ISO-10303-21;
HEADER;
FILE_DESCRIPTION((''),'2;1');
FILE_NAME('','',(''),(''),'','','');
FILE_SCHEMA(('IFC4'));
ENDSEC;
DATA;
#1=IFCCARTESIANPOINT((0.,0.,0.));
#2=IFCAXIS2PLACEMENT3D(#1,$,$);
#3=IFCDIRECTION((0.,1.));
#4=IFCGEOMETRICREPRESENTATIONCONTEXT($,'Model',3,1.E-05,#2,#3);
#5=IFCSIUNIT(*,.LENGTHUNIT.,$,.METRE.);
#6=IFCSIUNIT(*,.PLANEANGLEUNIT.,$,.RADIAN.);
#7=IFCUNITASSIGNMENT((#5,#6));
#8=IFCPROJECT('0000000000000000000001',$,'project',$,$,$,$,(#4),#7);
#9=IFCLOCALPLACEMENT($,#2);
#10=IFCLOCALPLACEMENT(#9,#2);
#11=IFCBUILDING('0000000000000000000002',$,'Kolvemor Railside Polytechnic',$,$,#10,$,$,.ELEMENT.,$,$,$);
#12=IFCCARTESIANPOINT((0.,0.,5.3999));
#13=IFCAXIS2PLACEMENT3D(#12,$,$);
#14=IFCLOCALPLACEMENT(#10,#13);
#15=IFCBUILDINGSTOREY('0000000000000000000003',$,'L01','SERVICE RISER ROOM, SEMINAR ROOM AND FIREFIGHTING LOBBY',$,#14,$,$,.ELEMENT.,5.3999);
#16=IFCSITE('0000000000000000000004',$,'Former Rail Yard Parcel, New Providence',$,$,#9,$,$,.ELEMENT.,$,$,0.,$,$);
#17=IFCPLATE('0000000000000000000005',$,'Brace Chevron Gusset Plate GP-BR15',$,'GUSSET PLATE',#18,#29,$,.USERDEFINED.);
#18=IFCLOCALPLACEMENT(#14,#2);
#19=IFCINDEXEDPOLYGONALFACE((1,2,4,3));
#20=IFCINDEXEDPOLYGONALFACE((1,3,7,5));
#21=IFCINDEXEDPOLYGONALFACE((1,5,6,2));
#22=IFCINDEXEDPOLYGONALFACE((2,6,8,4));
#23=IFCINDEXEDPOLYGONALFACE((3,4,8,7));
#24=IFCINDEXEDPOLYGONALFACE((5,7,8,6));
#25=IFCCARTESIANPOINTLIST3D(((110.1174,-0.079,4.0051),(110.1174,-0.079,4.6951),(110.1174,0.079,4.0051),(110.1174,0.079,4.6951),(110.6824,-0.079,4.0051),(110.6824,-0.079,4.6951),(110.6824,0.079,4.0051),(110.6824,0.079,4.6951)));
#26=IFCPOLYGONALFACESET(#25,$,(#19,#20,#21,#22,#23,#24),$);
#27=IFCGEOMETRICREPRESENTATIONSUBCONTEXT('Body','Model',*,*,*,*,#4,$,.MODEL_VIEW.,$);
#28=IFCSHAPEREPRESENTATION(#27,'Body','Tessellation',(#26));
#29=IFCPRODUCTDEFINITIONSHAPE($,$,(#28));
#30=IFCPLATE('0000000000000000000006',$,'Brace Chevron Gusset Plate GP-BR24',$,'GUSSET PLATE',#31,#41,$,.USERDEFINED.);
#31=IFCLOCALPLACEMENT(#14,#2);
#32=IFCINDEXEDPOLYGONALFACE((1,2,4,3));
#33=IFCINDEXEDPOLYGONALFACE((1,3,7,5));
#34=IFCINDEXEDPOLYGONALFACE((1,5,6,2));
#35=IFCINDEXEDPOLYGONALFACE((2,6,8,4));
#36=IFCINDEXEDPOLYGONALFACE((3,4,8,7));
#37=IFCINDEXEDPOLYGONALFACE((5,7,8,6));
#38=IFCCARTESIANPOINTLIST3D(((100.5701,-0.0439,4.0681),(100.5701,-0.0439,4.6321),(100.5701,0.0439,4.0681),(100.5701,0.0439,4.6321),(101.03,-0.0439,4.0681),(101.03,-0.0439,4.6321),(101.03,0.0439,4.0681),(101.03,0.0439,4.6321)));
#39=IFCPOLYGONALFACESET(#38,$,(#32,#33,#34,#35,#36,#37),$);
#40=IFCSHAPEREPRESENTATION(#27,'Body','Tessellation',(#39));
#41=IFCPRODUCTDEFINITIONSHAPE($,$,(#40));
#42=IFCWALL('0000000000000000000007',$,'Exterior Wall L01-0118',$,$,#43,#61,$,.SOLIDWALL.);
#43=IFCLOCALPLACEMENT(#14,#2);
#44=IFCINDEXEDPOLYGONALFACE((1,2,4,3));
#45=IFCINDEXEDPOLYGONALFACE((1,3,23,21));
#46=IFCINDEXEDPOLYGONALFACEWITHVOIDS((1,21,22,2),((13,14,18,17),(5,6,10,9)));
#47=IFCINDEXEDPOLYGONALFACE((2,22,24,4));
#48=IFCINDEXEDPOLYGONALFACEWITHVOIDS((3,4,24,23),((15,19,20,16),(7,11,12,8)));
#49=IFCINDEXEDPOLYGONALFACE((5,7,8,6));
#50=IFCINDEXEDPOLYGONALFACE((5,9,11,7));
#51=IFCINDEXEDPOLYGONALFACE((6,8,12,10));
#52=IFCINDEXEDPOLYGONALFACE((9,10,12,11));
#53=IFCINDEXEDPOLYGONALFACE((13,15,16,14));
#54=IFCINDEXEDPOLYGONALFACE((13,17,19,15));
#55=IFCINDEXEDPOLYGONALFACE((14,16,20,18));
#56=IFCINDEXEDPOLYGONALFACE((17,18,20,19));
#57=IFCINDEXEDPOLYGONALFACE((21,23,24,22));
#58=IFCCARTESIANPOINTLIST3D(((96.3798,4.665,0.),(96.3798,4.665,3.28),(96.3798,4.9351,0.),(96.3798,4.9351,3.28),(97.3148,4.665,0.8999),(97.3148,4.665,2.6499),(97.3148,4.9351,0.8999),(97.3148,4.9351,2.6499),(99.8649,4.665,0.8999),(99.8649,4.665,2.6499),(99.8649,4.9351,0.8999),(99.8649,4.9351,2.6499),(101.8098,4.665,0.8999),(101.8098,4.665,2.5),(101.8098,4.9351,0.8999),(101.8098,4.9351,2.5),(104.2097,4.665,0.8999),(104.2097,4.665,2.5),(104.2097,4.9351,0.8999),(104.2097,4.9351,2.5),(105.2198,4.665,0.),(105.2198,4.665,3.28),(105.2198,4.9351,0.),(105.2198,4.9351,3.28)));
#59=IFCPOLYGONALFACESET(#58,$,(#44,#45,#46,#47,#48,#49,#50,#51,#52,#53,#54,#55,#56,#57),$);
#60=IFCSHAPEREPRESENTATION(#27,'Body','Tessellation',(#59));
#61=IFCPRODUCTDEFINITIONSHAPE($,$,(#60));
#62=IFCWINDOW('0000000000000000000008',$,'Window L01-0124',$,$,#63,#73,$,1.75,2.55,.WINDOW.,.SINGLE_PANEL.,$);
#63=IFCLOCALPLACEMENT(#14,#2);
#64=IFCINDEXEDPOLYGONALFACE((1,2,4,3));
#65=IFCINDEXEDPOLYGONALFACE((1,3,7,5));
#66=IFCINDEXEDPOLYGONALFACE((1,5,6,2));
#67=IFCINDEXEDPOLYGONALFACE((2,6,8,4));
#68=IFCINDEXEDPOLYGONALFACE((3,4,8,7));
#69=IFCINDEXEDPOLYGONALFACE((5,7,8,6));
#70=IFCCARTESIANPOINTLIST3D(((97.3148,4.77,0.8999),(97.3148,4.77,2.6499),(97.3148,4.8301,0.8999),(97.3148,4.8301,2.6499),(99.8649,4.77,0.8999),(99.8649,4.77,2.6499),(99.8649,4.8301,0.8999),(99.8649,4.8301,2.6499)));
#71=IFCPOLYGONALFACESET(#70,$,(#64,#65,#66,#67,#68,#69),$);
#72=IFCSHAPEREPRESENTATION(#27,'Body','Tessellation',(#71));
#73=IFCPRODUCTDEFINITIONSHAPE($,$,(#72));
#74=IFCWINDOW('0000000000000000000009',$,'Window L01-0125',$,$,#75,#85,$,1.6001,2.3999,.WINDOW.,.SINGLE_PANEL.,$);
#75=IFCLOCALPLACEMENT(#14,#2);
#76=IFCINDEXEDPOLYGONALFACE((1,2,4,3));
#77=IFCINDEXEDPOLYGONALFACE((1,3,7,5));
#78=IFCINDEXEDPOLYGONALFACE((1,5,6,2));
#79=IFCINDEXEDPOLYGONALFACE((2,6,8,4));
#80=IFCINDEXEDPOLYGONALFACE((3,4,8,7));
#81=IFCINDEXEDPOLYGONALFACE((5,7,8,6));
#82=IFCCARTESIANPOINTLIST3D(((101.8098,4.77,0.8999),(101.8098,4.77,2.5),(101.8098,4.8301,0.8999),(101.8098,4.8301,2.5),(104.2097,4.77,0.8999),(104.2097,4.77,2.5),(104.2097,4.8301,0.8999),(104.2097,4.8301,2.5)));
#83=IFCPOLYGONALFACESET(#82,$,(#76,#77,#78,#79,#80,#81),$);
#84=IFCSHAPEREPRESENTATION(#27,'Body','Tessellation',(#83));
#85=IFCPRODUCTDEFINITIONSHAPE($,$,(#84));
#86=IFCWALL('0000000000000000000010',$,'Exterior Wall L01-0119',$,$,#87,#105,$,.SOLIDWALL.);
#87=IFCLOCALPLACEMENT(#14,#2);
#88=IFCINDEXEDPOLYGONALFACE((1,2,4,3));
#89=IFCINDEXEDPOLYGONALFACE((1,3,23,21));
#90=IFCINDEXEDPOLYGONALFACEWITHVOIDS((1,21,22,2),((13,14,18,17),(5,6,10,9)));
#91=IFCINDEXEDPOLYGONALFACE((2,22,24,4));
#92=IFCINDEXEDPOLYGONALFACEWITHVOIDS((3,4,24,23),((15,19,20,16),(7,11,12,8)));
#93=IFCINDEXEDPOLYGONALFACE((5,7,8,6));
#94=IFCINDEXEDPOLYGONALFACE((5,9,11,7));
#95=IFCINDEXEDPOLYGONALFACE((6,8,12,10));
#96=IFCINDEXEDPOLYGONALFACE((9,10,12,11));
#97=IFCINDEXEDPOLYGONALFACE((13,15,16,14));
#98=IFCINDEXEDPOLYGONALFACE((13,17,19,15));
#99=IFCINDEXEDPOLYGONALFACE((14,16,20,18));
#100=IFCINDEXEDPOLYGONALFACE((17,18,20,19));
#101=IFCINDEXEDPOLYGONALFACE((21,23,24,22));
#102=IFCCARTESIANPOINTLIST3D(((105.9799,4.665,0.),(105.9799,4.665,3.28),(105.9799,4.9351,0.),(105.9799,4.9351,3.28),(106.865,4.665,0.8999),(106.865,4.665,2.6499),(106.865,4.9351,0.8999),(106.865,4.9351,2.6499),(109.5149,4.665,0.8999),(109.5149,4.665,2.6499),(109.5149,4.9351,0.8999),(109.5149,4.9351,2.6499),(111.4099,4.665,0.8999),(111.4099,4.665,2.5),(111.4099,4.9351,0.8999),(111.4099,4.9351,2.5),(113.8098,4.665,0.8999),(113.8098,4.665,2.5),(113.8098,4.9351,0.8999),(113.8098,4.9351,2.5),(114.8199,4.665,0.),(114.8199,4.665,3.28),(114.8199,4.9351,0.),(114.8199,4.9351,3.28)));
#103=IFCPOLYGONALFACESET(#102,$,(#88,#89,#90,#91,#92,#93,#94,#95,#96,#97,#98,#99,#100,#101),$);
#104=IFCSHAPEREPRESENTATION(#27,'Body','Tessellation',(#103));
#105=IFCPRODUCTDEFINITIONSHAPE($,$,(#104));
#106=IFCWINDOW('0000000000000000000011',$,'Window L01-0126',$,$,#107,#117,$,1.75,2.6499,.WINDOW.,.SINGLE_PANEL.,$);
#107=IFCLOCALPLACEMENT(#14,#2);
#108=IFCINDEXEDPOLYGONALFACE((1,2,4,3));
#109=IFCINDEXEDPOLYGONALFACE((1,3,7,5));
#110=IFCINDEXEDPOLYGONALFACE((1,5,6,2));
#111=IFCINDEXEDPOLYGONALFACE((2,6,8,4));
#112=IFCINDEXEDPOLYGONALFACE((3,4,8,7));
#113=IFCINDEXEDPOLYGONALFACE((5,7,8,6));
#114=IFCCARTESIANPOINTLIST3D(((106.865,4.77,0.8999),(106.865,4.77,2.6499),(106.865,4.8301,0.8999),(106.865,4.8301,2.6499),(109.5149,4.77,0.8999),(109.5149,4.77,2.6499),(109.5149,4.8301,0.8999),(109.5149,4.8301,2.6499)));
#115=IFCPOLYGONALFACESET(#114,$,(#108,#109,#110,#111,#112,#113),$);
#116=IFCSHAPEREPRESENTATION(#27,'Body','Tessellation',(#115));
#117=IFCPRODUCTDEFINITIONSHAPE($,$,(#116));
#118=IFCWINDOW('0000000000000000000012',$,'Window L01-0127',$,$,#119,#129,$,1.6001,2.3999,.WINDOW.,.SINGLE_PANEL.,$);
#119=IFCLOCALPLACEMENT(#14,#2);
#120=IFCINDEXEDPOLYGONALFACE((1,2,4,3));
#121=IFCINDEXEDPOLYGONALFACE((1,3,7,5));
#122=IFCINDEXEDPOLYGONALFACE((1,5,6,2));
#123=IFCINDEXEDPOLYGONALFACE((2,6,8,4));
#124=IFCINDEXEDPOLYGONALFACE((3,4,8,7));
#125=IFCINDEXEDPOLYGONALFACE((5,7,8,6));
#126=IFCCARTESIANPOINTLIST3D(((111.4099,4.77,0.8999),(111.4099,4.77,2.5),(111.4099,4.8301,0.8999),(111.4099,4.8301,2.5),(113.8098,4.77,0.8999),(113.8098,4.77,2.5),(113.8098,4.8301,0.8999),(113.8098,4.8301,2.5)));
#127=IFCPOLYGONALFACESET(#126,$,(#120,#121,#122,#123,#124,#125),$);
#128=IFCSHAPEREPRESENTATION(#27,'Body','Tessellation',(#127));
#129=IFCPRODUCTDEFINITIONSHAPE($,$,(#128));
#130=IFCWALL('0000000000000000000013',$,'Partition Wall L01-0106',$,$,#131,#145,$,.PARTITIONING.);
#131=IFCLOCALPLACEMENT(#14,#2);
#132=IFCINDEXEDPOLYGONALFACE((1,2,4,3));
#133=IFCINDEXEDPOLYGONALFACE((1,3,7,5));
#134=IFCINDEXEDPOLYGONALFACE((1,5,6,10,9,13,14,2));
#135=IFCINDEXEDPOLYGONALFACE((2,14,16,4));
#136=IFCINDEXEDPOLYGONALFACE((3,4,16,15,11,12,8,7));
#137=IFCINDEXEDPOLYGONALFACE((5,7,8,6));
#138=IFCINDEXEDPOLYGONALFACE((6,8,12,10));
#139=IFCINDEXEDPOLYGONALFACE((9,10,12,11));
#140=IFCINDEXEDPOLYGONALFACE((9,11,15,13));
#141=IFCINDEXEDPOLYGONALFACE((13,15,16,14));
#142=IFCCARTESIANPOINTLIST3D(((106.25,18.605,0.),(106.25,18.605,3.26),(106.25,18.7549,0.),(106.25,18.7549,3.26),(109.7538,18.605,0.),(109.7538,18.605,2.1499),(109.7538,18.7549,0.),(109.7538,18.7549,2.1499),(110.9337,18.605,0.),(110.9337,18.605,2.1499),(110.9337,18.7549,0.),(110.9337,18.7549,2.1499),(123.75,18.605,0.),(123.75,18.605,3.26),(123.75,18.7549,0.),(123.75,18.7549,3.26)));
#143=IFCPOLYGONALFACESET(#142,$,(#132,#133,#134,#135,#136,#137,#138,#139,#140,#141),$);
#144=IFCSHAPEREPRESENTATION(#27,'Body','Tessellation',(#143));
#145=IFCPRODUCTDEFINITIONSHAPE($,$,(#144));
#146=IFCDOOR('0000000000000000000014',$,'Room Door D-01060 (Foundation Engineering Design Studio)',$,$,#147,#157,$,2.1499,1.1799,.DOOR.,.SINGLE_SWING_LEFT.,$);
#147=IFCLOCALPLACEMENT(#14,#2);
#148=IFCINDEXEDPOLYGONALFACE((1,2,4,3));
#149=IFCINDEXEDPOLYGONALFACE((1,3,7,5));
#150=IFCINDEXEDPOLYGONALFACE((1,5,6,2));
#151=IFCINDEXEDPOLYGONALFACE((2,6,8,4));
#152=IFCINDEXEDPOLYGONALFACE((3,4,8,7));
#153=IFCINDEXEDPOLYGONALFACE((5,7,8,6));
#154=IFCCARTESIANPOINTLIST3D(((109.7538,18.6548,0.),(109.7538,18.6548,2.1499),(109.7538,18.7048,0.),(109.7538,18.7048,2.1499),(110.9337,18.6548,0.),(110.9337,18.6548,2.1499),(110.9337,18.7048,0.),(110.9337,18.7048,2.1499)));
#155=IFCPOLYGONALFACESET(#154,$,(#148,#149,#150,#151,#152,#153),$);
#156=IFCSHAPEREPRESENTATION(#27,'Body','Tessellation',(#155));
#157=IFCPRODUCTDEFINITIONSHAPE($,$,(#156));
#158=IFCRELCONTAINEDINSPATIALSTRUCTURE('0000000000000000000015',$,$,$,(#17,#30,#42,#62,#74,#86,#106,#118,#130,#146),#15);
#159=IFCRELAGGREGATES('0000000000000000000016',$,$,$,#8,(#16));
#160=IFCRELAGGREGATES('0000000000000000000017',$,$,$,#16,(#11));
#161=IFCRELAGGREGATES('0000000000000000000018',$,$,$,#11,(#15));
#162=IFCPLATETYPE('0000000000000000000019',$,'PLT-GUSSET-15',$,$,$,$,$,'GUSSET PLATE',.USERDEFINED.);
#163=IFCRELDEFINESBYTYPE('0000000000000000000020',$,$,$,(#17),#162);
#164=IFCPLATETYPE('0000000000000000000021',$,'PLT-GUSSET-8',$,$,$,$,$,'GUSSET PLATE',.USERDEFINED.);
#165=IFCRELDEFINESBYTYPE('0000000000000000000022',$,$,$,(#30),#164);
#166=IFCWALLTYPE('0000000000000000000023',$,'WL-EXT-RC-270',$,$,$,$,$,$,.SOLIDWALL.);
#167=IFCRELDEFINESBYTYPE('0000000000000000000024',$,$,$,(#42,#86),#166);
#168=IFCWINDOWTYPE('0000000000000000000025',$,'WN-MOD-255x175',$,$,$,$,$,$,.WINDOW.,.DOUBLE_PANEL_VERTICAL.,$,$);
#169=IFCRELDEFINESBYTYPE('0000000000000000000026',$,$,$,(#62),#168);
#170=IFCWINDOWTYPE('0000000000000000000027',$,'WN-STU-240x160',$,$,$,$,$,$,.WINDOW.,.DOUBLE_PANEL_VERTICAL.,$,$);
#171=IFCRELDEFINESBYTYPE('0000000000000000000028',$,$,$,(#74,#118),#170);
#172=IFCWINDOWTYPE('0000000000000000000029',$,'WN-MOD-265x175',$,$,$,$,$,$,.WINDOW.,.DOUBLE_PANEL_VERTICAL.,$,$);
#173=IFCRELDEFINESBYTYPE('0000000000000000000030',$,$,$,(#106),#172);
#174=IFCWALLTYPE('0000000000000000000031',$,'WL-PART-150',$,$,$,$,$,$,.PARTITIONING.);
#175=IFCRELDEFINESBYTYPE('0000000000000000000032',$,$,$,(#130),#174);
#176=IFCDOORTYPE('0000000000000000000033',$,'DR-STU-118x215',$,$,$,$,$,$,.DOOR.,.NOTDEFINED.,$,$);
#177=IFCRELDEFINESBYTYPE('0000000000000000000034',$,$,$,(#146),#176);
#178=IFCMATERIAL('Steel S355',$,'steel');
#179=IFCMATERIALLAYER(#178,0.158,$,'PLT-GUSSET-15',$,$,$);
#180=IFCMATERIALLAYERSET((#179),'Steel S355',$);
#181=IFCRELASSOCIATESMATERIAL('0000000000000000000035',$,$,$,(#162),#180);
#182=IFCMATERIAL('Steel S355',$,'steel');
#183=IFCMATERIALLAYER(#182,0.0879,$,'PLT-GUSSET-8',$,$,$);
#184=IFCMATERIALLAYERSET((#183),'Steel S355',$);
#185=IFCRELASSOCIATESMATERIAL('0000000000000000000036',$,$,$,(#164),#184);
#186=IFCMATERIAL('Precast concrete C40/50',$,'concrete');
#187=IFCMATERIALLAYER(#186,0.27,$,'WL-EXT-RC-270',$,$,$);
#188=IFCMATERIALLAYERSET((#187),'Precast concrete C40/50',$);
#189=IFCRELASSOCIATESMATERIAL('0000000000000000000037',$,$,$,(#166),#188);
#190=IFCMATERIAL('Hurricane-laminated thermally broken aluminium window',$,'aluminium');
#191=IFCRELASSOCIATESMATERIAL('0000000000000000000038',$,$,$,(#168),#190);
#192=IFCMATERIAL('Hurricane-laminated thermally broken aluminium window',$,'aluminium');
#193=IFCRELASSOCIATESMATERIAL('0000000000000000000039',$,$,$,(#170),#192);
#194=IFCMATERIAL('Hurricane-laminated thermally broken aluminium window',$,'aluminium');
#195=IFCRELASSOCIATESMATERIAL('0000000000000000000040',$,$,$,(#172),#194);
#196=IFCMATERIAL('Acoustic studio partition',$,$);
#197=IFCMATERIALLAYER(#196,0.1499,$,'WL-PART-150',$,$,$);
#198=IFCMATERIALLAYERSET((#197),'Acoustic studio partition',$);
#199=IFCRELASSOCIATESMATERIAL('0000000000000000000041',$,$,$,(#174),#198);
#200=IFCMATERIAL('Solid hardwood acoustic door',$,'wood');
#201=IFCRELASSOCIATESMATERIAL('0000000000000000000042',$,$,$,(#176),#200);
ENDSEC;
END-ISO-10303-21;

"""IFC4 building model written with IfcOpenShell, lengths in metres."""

from ifc_helpers import new_model, si_unit, direction, frame, frame_2d, origin, origin_2d, place, context, subcontext, project, spatial, rectangle, extrude, material, layer, layer_set, type_object, element, fill, save


model = new_model("IFC4")

# Units and contexts
model_context = context("Model", 3, precision=1e-05, world=origin(), true_north=direction((0.0, 1.0)))
body_context = subcontext(model_context, "Body", "Model", "MODEL_VIEW")
ifc_project = project(units=[si_unit("LENGTHUNIT", "METRE"), si_unit("PLANEANGLEUNIT", "RADIAN")], contexts=[model_context])

# Site, building, storey
site_placement = place(None, origin())
site = spatial("IfcSite", under=ifc_project, at=site_placement, Name="Former Rail Yard Parcel, New Providence", CompositionType="ELEMENT", RefElevation=0.0)
building_placement = place(site_placement, origin())
building = spatial("IfcBuilding", under=site, at=building_placement, Name="Kolvemor Railside Polytechnic", CompositionType="ELEMENT")
storey_placement = place(building_placement, frame((0.0, 0.0, 5.3999)))
storey = spatial("IfcBuildingStorey", under=building, at=storey_placement, Name="L01", Description="SERVICE RISER ROOM, SEMINAR ROOM AND FIREFIGHTING LOBBY", CompositionType="ELEMENT", Elevation=5.3999)

# Plates
ifc_material_1 = material(Name="Steel S355", Category="steel")
ifc_layer_1 = layer(ifc_material_1, 0.158, Name="PLT-GUSSET-15")
ifc_layer_set_1 = layer_set([ifc_layer_1], Name="Steel S355")
plate_type_1 = type_object("IfcPlateType", Name="PLT-GUSSET-15", ElementType="GUSSET PLATE", PredefinedType="USERDEFINED", material=ifc_layer_set_1)
plate_1_placement = place(storey_placement, frame((110.3999, 0.0, 4.0051), z_axis=(0.0, 0.0, 1.0), x_axis=(1.0, 0.0, 0.0)))
element("IfcPlate", 1, at=plate_1_placement, inside=storey, type_object=plate_type_1, Name="Brace Chevron Gusset Plate GP-BR15", ObjectType="GUSSET PLATE", PredefinedType="USERDEFINED", context=body_context, shape_type="SweptSolid", body=[
    extrude(rectangle(XDim=0.5649, YDim=0.158, at=origin_2d()), origin(), (0.0, 0.0, 1.0), 0.6899),
])
ifc_material_2 = material(Name="Steel S355", Category="steel")
ifc_layer_2 = layer(ifc_material_2, 0.0879, Name="PLT-GUSSET-8")
ifc_layer_set_2 = layer_set([ifc_layer_2], Name="Steel S355")
plate_type_2 = type_object("IfcPlateType", Name="PLT-GUSSET-8", ElementType="GUSSET PLATE", PredefinedType="USERDEFINED", material=ifc_layer_set_2)
plate_2_placement = place(storey_placement, frame((100.8, 0.0, 4.0681), z_axis=(0.0, 0.0, 1.0), x_axis=(1.0, 0.0, 0.0)))
element("IfcPlate", 2, at=plate_2_placement, inside=storey, type_object=plate_type_2, Name="Brace Chevron Gusset Plate GP-BR24", ObjectType="GUSSET PLATE", PredefinedType="USERDEFINED", context=body_context, shape_type="SweptSolid", body=[
    extrude(rectangle(XDim=0.46, YDim=0.0879, at=origin_2d()), origin(), (0.0, 0.0, 1.0), 0.564),
])

# Walls, openings, windows
ifc_material_3 = material(Name="Precast concrete C40/50", Category="concrete")
ifc_layer_3 = layer(ifc_material_3, 0.27, Name="WL-EXT-RC-270")
ifc_layer_set_3 = layer_set([ifc_layer_3], Name="Precast concrete C40/50")
wall_type_1 = type_object("IfcWallType", Name="WL-EXT-RC-270", PredefinedType="SOLIDWALL", material=ifc_layer_set_3)
wall_1_placement = place(storey_placement, frame((96.3799, 4.8, 0.0), z_axis=(0.0, 0.0, 1.0), x_axis=(1.0, 0.0, 0.0)))
wall_1 = element("IfcWall", 3, at=wall_1_placement, inside=storey, type_object=wall_type_1, Name="Exterior Wall L01-0118", PredefinedType="SOLIDWALL", context=body_context, shape_type="SweptSolid", body=[
    extrude(rectangle(XDim=8.8401, YDim=0.27, at=frame_2d((4.4199, 0.0))), origin(), (0.0, 0.0, 1.0), 3.28),
])
opening_1_placement = place(wall_1_placement, frame((0.9351, 0.0, 0.8999)))
opening_1 = element("IfcOpeningElement", 4, at=opening_1_placement, cuts=wall_1, PredefinedType="OPENING", context=body_context, shape_type="SweptSolid", body=[
    extrude(rectangle(XDim=2.55, YDim=1.75, at=frame_2d((1.2749, 0.875))), frame((0.0, 0.145, 0.0), z_axis=(0.0, -1.0, 0.0), x_axis=(1.0, 0.0, 0.0)), (0.0, 0.0, 1.0), 0.29),
])
opening_2_placement = place(wall_1_placement, frame((5.4299, 0.0, 0.8999)))
opening_2 = element("IfcOpeningElement", 5, at=opening_2_placement, cuts=wall_1, PredefinedType="OPENING", context=body_context, shape_type="SweptSolid", body=[
    extrude(rectangle(XDim=2.3999, YDim=1.6001, at=frame_2d((1.2, 0.8))), frame((0.0, 0.145, 0.0), z_axis=(0.0, -1.0, 0.0), x_axis=(1.0, 0.0, 0.0)), (0.0, 0.0, 1.0), 0.29),
])
ifc_material_4 = material(Name="Hurricane-laminated thermally broken aluminium window", Category="aluminium")
window_type_1 = type_object("IfcWindowType", Name="WN-MOD-255x175", PartitioningType="DOUBLE_PANEL_VERTICAL", PredefinedType="WINDOW", material=ifc_material_4)
window_1_placement = place(opening_1_placement, origin())
window_1 = element("IfcWindow", 6, at=window_1_placement, inside=storey, type_object=window_type_1, Name="Window L01-0124", OverallHeight=1.75, OverallWidth=2.55, PartitioningType="SINGLE_PANEL", PredefinedType="WINDOW", context=body_context, shape_type="SweptSolid", body=[
    extrude(rectangle(XDim=2.55, YDim=1.75, at=frame_2d((1.2749, 0.875))), frame((0.0, 0.03, 0.0), z_axis=(0.0, -1.0, 0.0), x_axis=(1.0, 0.0, 0.0)), (0.0, 0.0, 1.0), 0.0601),
])
fill(opening_1, window_1)
ifc_material_5 = material(Name="Hurricane-laminated thermally broken aluminium window", Category="aluminium")
window_type_2 = type_object("IfcWindowType", Name="WN-STU-240x160", PartitioningType="DOUBLE_PANEL_VERTICAL", PredefinedType="WINDOW", material=ifc_material_5)
window_2_placement = place(opening_2_placement, origin())
window_2 = element("IfcWindow", 7, at=window_2_placement, inside=storey, type_object=window_type_2, Name="Window L01-0125", OverallHeight=1.6001, OverallWidth=2.3999, PartitioningType="SINGLE_PANEL", PredefinedType="WINDOW", context=body_context, shape_type="SweptSolid", body=[
    extrude(rectangle(XDim=2.3999, YDim=1.6001, at=frame_2d((1.2, 0.8))), frame((0.0, 0.03, 0.0), z_axis=(0.0, -1.0, 0.0), x_axis=(1.0, 0.0, 0.0)), (0.0, 0.0, 1.0), 0.0601),
])
fill(opening_2, window_2)
wall_2_placement = place(storey_placement, frame((105.98, 4.8, 0.0), z_axis=(0.0, 0.0, 1.0), x_axis=(1.0, 0.0, 0.0)))
wall_2 = element("IfcWall", 8, at=wall_2_placement, inside=storey, type_object=wall_type_1, Name="Exterior Wall L01-0119", PredefinedType="SOLIDWALL", context=body_context, shape_type="SweptSolid", body=[
    extrude(rectangle(XDim=8.8401, YDim=0.27, at=frame_2d((4.4199, 0.0))), origin(), (0.0, 0.0, 1.0), 3.28),
])
opening_3_placement = place(wall_2_placement, frame((0.885, 0.0, 0.8999)))
opening_3 = element("IfcOpeningElement", 9, at=opening_3_placement, cuts=wall_2, PredefinedType="OPENING", context=body_context, shape_type="SweptSolid", body=[
    extrude(rectangle(XDim=2.6499, YDim=1.75, at=frame_2d((1.325, 0.875))), frame((0.0, 0.145, 0.0), z_axis=(0.0, -1.0, 0.0), x_axis=(1.0, 0.0, 0.0)), (0.0, 0.0, 1.0), 0.29),
])
opening_4_placement = place(wall_2_placement, frame((5.4299, 0.0, 0.8999)))
opening_4 = element("IfcOpeningElement", 10, at=opening_4_placement, cuts=wall_2, PredefinedType="OPENING", context=body_context, shape_type="SweptSolid", body=[
    extrude(rectangle(XDim=2.3999, YDim=1.6001, at=frame_2d((1.2, 0.8))), frame((0.0, 0.145, 0.0), z_axis=(0.0, -1.0, 0.0), x_axis=(1.0, 0.0, 0.0)), (0.0, 0.0, 1.0), 0.29),
])
ifc_material_6 = material(Name="Hurricane-laminated thermally broken aluminium window", Category="aluminium")
window_type_3 = type_object("IfcWindowType", Name="WN-MOD-265x175", PartitioningType="DOUBLE_PANEL_VERTICAL", PredefinedType="WINDOW", material=ifc_material_6)
window_3_placement = place(opening_3_placement, origin())
window_3 = element("IfcWindow", 11, at=window_3_placement, inside=storey, type_object=window_type_3, Name="Window L01-0126", OverallHeight=1.75, OverallWidth=2.6499, PartitioningType="SINGLE_PANEL", PredefinedType="WINDOW", context=body_context, shape_type="SweptSolid", body=[
    extrude(rectangle(XDim=2.6499, YDim=1.75, at=frame_2d((1.325, 0.875))), frame((0.0, 0.03, 0.0), z_axis=(0.0, -1.0, 0.0), x_axis=(1.0, 0.0, 0.0)), (0.0, 0.0, 1.0), 0.0601),
])
fill(opening_3, window_3)
window_4_placement = place(opening_4_placement, origin())
window_4 = element("IfcWindow", 12, at=window_4_placement, inside=storey, type_object=window_type_2, Name="Window L01-0127", OverallHeight=1.6001, OverallWidth=2.3999, PartitioningType="SINGLE_PANEL", PredefinedType="WINDOW", context=body_context, shape_type="SweptSolid", body=[
    extrude(rectangle(XDim=2.3999, YDim=1.6001, at=frame_2d((1.2, 0.8))), frame((0.0, 0.03, 0.0), z_axis=(0.0, -1.0, 0.0), x_axis=(1.0, 0.0, 0.0)), (0.0, 0.0, 1.0), 0.0601),
])
fill(opening_4, window_4)

# Wall, opening, door
ifc_material_7 = material(Name="Acoustic studio partition")
ifc_layer_4 = layer(ifc_material_7, 0.1499, Name="WL-PART-150")
ifc_layer_set_4 = layer_set([ifc_layer_4], Name="Acoustic studio partition")
wall_type_2 = type_object("IfcWallType", Name="WL-PART-150", PredefinedType="PARTITIONING", material=ifc_layer_set_4)
wall_3_placement = place(storey_placement, frame((106.25, 18.6799, 0.0), z_axis=(0.0, 0.0, 1.0), x_axis=(1.0, 0.0, 0.0)))
wall_3 = element("IfcWall", 13, at=wall_3_placement, inside=storey, type_object=wall_type_2, Name="Partition Wall L01-0106", PredefinedType="PARTITIONING", context=body_context, shape_type="SweptSolid", body=[
    extrude(rectangle(XDim=17.5, YDim=0.1499, at=frame_2d((8.75, 0.0))), origin(), (0.0, 0.0, 1.0), 3.26),
])
opening_5_placement = place(wall_3_placement, frame((3.5039, 0.0, 0.0)))
opening_5 = element("IfcOpeningElement", 14, at=opening_5_placement, cuts=wall_3, PredefinedType="OPENING", context=body_context, shape_type="SweptSolid", body=[
    extrude(rectangle(XDim=1.1799, YDim=2.1499, at=frame_2d((0.5898, 1.075))), frame((0.0, 0.085, 0.0), z_axis=(0.0, -1.0, 0.0), x_axis=(1.0, 0.0, 0.0)), (0.0, 0.0, 1.0), 0.1699),
])
ifc_material_8 = material(Name="Solid hardwood acoustic door", Category="wood")
door_type = type_object("IfcDoorType", Name="DR-STU-118x215", OperationType="NOTDEFINED", PredefinedType="DOOR", material=ifc_material_8)
door_placement = place(opening_5_placement, origin())
door = element("IfcDoor", 15, at=door_placement, inside=storey, type_object=door_type, Name="Room Door D-01060 (Foundation Engineering Design Studio)", OperationType="SINGLE_SWING_LEFT", OverallHeight=2.1499, OverallWidth=1.1799, PredefinedType="DOOR", context=body_context, shape_type="SweptSolid", body=[
    extrude(rectangle(XDim=1.1799, YDim=2.1499, at=frame_2d((0.5898, 1.075))), frame((0.0, 0.0249, 0.0), z_axis=(0.0, -1.0, 0.0), x_axis=(1.0, 0.0, 0.0)), (0.0, 0.0, 1.0), 0.05),
])
fill(opening_5, door)

save(model, "model.ifc")
